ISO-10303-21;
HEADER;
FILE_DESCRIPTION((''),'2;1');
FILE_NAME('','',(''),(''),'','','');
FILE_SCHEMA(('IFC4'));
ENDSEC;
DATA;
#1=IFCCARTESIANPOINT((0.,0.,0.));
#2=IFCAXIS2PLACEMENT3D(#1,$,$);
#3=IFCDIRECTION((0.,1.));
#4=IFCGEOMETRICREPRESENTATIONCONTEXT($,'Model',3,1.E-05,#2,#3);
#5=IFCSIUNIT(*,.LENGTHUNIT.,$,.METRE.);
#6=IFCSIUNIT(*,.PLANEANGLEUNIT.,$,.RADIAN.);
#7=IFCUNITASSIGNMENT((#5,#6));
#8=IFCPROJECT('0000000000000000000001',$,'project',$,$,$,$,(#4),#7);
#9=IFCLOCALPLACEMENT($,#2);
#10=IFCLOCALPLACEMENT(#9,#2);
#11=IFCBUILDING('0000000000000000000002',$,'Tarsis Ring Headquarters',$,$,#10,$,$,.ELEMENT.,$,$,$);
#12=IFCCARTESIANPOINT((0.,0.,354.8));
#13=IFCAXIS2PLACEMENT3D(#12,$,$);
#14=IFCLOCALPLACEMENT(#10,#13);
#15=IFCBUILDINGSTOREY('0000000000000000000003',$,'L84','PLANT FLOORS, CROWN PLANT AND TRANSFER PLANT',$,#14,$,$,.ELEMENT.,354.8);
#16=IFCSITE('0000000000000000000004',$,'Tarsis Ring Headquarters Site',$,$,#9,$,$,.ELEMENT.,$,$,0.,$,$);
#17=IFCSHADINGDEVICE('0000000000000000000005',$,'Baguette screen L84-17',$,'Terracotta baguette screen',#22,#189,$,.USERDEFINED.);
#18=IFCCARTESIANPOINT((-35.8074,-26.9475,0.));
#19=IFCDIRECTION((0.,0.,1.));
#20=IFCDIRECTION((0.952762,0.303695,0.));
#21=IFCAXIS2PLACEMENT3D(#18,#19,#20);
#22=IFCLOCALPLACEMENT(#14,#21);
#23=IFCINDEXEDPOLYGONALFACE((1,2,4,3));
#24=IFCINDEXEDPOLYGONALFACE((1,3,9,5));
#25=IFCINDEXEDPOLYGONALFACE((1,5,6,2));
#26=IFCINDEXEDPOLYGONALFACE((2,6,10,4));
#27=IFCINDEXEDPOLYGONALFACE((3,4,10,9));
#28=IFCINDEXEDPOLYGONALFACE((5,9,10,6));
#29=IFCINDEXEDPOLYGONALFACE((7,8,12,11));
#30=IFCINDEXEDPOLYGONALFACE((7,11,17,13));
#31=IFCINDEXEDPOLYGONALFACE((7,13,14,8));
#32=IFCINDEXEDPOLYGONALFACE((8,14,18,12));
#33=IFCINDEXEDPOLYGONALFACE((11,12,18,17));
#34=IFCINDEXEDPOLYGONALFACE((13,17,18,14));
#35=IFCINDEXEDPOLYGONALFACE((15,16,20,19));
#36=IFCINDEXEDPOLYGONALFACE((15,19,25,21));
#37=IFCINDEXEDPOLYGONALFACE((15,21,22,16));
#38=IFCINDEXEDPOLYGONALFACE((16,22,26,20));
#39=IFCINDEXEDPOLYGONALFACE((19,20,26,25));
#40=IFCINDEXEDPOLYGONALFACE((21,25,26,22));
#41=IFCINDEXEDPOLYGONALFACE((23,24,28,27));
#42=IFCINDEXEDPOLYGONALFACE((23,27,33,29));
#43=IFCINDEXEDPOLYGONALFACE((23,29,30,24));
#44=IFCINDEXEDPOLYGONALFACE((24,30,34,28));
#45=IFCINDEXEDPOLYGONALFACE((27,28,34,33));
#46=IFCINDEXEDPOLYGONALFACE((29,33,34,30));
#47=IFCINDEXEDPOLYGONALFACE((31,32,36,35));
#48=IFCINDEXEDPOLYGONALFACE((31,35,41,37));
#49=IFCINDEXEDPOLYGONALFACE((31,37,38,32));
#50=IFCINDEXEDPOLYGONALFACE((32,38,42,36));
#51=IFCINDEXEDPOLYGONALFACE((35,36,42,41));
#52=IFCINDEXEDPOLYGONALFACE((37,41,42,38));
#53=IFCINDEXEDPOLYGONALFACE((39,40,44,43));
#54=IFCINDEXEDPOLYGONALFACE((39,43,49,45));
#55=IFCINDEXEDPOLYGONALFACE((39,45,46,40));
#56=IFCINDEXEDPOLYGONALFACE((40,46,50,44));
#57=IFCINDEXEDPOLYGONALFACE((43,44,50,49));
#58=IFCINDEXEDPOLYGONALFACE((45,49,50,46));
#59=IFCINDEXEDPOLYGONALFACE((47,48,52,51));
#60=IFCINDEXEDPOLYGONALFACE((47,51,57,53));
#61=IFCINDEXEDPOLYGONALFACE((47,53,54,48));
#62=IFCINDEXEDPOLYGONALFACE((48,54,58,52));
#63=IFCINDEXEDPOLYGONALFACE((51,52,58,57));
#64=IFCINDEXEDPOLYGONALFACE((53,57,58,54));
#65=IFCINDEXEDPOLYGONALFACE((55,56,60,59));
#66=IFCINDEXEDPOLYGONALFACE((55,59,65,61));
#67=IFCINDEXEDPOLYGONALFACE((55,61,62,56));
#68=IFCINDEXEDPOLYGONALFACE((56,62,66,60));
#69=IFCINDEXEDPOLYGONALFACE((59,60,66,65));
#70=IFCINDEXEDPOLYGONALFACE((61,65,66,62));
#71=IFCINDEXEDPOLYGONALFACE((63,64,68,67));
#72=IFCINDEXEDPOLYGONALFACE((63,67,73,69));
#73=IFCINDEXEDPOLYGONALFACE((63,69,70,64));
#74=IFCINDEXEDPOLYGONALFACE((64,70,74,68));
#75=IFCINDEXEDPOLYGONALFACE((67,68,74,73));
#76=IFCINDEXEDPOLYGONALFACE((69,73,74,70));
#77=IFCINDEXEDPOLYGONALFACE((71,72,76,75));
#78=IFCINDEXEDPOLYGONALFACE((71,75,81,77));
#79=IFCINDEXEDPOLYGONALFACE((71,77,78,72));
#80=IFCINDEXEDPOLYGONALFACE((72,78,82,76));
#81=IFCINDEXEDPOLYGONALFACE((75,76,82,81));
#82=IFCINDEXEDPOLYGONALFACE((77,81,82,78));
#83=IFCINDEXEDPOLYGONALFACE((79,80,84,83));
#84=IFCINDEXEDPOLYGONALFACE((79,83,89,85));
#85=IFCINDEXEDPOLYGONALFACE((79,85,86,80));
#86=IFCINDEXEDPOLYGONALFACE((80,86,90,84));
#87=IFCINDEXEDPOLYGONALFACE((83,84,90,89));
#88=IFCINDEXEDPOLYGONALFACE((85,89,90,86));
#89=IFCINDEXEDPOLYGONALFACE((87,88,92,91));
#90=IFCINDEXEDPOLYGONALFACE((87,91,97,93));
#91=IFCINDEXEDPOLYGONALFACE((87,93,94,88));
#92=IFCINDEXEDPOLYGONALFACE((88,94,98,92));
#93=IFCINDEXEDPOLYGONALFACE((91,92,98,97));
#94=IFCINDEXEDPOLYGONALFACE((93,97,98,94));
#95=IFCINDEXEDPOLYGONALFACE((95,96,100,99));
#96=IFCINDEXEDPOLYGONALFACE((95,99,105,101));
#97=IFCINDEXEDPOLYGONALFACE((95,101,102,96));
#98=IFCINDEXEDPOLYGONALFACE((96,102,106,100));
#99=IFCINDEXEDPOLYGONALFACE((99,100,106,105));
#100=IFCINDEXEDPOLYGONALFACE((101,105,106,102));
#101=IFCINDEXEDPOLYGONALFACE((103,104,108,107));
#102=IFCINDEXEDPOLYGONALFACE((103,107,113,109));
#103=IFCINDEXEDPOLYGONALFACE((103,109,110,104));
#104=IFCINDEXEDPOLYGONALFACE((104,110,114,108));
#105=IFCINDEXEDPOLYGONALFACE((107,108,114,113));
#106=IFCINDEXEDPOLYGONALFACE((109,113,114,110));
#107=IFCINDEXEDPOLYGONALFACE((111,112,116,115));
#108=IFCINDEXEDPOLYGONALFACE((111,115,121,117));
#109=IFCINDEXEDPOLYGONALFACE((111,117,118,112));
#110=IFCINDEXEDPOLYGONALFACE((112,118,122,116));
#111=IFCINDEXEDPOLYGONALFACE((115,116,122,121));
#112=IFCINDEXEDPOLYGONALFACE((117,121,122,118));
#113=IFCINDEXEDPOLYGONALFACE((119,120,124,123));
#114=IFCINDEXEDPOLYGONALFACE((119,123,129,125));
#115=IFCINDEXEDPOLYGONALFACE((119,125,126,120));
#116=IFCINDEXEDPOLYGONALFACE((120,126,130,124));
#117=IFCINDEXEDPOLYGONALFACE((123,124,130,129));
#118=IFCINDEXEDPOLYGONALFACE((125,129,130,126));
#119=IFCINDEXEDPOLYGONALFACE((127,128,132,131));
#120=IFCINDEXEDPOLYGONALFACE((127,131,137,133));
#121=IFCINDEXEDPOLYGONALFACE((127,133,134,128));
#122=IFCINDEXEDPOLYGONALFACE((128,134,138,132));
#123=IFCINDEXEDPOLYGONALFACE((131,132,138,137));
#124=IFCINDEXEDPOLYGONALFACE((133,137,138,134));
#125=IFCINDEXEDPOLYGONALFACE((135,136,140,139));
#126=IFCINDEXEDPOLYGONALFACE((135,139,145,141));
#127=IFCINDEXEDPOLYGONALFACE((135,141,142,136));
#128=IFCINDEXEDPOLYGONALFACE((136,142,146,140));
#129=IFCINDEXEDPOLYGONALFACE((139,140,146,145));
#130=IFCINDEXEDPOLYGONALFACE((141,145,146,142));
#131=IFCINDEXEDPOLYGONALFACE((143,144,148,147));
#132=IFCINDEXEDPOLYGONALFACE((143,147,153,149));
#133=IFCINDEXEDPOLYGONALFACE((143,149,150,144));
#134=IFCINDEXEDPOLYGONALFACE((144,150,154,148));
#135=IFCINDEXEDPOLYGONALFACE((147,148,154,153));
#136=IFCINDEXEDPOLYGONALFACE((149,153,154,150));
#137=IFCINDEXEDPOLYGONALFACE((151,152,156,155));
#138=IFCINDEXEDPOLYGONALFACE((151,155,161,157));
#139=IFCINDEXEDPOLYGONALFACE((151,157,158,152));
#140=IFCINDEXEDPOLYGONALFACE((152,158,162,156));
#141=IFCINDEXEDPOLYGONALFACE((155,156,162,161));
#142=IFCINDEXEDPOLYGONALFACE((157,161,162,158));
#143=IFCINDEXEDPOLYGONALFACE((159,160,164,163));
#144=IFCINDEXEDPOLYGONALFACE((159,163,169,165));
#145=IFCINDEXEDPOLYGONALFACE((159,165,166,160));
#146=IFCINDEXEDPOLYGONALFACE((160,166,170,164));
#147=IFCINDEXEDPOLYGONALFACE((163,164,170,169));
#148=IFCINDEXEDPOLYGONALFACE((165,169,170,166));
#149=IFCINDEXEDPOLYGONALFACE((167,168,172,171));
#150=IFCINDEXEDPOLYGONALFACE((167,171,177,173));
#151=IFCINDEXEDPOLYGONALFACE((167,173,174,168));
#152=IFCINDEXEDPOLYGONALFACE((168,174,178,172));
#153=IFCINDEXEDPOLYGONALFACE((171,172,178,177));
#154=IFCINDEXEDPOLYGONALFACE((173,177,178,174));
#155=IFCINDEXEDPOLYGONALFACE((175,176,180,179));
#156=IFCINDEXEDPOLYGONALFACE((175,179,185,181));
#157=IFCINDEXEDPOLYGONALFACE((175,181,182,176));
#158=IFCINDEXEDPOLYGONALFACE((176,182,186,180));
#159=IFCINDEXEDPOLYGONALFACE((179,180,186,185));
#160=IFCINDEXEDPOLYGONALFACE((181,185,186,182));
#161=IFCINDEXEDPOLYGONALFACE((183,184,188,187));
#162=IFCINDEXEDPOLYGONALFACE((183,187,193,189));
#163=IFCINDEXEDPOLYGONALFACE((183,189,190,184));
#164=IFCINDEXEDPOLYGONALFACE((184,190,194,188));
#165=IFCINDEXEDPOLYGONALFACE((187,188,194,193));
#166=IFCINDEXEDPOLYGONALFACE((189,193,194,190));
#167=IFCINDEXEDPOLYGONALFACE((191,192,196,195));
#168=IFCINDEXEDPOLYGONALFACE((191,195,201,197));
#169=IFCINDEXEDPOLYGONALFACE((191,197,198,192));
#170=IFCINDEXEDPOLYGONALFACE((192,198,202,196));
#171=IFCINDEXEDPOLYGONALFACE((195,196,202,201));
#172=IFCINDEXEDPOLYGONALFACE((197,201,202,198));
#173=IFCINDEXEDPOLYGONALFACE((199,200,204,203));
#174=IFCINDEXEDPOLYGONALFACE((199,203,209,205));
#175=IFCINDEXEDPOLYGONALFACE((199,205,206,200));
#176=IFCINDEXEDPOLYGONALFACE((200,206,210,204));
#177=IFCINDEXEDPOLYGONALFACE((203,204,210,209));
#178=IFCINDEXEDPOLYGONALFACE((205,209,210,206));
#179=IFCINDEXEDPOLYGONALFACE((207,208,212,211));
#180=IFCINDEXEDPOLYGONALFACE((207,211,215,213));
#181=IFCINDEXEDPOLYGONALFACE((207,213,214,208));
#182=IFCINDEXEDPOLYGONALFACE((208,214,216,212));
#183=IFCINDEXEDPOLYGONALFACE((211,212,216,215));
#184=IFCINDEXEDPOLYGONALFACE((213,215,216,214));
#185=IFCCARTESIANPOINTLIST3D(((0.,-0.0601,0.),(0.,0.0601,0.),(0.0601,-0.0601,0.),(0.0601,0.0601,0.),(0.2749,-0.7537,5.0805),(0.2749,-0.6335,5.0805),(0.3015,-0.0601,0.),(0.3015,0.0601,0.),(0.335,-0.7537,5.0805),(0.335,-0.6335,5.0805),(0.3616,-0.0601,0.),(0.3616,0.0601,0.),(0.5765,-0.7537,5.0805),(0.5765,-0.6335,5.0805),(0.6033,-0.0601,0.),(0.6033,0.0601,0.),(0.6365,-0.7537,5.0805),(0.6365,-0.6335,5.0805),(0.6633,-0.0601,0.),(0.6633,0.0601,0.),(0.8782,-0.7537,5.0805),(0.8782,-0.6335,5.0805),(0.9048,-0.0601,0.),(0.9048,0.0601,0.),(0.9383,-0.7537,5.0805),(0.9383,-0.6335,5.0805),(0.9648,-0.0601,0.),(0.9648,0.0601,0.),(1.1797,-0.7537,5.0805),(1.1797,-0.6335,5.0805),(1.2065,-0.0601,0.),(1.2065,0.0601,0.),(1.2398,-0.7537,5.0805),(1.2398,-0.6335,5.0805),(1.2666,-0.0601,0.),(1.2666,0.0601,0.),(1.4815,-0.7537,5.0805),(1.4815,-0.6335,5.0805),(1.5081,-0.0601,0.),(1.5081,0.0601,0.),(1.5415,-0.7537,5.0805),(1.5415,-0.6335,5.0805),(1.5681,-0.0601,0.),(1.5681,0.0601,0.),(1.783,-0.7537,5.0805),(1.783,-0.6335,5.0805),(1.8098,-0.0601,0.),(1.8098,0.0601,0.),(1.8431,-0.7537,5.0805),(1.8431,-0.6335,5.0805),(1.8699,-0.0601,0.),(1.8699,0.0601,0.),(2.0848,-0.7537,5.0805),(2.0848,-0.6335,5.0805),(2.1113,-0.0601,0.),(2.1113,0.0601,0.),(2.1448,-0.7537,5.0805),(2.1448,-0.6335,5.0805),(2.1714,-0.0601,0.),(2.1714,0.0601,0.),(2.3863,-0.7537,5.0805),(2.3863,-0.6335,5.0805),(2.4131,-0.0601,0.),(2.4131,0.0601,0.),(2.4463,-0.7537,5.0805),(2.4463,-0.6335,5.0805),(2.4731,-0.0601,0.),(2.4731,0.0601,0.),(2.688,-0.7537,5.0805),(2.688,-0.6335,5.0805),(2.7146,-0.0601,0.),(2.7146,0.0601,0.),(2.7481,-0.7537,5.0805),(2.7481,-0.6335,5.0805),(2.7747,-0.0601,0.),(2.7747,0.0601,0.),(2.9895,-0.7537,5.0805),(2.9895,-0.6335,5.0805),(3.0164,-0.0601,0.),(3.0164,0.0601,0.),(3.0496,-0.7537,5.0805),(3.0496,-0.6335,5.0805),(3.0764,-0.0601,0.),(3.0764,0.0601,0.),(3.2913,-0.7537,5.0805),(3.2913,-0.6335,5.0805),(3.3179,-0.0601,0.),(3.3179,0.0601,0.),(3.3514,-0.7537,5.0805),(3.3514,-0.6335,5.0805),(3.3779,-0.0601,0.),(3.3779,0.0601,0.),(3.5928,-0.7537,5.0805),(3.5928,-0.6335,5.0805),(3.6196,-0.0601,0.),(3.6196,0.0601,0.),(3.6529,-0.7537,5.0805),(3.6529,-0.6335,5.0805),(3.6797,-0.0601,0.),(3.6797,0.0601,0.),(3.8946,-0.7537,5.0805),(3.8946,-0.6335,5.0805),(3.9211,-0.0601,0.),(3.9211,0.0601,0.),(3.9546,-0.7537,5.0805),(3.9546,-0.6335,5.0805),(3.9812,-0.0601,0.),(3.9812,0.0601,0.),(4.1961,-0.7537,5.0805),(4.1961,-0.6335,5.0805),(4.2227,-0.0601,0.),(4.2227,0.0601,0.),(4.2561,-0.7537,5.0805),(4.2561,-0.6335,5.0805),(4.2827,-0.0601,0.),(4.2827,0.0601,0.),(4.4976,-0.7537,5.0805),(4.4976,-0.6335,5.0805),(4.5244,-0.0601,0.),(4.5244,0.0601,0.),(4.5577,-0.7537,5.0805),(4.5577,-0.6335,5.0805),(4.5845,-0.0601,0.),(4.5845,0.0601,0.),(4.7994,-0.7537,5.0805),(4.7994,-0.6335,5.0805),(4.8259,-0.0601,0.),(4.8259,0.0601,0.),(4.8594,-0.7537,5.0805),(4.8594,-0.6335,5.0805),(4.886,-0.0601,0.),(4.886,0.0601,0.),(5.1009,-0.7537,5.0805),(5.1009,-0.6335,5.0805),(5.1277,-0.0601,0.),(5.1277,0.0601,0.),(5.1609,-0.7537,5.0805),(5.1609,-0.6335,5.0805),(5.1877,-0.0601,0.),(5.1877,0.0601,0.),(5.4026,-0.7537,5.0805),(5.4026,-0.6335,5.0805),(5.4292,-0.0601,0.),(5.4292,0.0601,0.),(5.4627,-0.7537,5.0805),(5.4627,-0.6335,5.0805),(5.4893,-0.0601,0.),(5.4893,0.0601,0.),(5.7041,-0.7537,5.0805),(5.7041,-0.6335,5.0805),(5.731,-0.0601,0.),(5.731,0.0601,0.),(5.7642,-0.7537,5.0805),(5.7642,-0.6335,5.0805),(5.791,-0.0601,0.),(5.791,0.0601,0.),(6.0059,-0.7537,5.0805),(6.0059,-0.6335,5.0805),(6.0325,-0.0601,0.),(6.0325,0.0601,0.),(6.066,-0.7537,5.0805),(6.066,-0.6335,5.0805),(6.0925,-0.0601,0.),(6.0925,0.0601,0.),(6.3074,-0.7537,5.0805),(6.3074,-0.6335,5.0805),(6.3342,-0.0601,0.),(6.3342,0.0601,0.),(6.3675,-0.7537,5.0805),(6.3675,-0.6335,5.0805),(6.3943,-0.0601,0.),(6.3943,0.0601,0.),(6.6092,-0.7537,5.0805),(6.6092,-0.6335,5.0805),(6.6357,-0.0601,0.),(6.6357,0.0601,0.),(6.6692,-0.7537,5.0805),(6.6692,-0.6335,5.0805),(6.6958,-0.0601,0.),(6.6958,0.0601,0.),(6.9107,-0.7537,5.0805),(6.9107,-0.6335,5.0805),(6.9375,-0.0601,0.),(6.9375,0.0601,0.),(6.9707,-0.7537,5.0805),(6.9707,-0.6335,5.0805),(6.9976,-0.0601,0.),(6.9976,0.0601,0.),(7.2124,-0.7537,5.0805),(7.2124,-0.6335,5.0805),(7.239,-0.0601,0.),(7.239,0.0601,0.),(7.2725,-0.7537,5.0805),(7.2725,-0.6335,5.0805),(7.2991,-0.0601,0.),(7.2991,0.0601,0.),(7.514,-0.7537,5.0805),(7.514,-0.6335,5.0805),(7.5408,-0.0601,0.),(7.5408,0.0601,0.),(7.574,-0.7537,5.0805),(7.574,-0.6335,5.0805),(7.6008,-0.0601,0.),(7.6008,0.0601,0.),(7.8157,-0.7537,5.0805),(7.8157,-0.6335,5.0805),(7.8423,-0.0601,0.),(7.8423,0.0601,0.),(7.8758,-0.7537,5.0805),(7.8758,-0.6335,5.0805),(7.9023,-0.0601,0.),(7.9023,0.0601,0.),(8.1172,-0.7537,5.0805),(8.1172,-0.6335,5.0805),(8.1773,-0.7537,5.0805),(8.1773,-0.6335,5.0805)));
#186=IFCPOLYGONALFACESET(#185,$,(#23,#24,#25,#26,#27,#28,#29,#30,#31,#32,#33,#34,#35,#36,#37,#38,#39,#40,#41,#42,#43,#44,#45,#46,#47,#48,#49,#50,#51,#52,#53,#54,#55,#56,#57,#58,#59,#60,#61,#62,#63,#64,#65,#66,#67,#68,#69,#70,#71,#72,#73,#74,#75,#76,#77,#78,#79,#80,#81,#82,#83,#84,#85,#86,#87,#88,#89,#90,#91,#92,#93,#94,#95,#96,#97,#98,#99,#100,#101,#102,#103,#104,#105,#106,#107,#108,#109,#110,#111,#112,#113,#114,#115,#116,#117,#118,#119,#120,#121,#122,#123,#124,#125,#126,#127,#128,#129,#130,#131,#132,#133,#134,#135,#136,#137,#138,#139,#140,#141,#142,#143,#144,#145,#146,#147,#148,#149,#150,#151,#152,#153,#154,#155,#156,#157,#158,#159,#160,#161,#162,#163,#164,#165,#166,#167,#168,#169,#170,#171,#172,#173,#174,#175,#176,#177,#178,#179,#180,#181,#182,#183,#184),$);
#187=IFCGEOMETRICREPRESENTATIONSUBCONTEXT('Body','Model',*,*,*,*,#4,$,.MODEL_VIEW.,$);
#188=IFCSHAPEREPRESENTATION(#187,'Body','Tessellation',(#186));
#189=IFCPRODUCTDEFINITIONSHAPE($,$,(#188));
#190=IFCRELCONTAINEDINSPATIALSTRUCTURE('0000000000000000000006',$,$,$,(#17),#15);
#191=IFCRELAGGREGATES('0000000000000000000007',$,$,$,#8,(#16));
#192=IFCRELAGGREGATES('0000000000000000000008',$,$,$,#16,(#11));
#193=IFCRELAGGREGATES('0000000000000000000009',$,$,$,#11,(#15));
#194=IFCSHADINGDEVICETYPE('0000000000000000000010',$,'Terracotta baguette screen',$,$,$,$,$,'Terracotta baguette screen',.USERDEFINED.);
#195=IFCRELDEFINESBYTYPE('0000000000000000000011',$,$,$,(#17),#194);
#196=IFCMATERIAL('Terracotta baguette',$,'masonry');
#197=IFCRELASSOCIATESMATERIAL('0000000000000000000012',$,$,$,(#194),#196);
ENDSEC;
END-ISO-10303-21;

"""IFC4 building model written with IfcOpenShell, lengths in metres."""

from ifc_helpers import new_model, si_unit, direction, frame, frame_2d, origin, place, context, subcontext, project, spatial, rectangle, composite_profile, extrude, material, type_object, element, save


model = new_model("IFC4")

# Units and contexts
model_context = context("Model", 3, precision=1e-05, world=origin(), true_north=direction((0.0, 1.0)))
body_context = subcontext(model_context, "Body", "Model", "MODEL_VIEW")
ifc_project = project(units=[si_unit("LENGTHUNIT", "METRE"), si_unit("PLANEANGLEUNIT", "RADIAN")], contexts=[model_context])

# Site, building, storey
site_placement = place(None, origin())
site = spatial("IfcSite", under=ifc_project, at=site_placement, Name="Tarsis Ring Headquarters Site", CompositionType="ELEMENT", RefElevation=0.0)
building_placement = place(site_placement, origin())
building = spatial("IfcBuilding", under=site, at=building_placement, Name="Tarsis Ring Headquarters", CompositionType="ELEMENT")
storey_placement = place(building_placement, frame((0.0, 0.0, 354.8)))
storey = spatial("IfcBuildingStorey", under=building, at=storey_placement, Name="L84", Description="PLANT FLOORS, CROWN PLANT AND TRANSFER PLANT", CompositionType="ELEMENT", Elevation=354.8)

# Shading device
ifc_material_1 = material(Name="Terracotta baguette", Category="masonry")
shading_device_type_1 = type_object("IfcShadingDeviceType", Name="Terracotta baguette screen", ElementType="Terracotta baguette screen", PredefinedType="USERDEFINED", material=ifc_material_1)
shading_device_1_placement = place(storey_placement, frame((-35.8074, -26.9475, 0.0), z_axis=(0.0, 0.0, 1.0), x_axis=(0.952762, 0.303695, 0.0)))
element("IfcShadingDevice", 1, at=shading_device_1_placement, inside=storey, type_object=shading_device_type_1, Name="Baguette screen L84-17", ObjectType="Terracotta baguette screen", PredefinedType="USERDEFINED", context=body_context, shape_type="SweptSolid", body=[
    extrude(composite_profile([rectangle(XDim=0.0601, YDim=0.1201, at=frame_2d((0.03, 0.0))), rectangle(XDim=0.0601, YDim=0.1201, at=frame_2d((0.3315, 0.0))), rectangle(XDim=0.0601, YDim=0.1201, at=frame_2d((0.6333, 0.0))), rectangle(XDim=0.0601, YDim=0.1201, at=frame_2d((0.9348, 0.0))), rectangle(XDim=0.0601, YDim=0.1201, at=frame_2d((1.2366, 0.0))), rectangle(XDim=0.0601, YDim=0.1201, at=frame_2d((1.5381, 0.0))), rectangle(XDim=0.0601, YDim=0.1201, at=frame_2d((1.8398, 0.0))), rectangle(XDim=0.0601, YDim=0.1201, at=frame_2d((2.1414, 0.0))), rectangle(XDim=0.0601, YDim=0.1201, at=frame_2d((2.4431, 0.0))), rectangle(XDim=0.0601, YDim=0.1201, at=frame_2d((2.7446, 0.0))), rectangle(XDim=0.0601, YDim=0.1201, at=frame_2d((3.0464, 0.0))), rectangle(XDim=0.0601, YDim=0.1201, at=frame_2d((3.3479, 0.0))), rectangle(XDim=0.0601, YDim=0.1201, at=frame_2d((3.6497, 0.0))), rectangle(XDim=0.0601, YDim=0.1201, at=frame_2d((3.9512, 0.0))), rectangle(XDim=0.0601, YDim=0.1201, at=frame_2d((4.2527, 0.0))), rectangle(XDim=0.0601, YDim=0.1201, at=frame_2d((4.5544, 0.0))), rectangle(XDim=0.0601, YDim=0.1201, at=frame_2d((4.856, 0.0))), rectangle(XDim=0.0601, YDim=0.1201, at=frame_2d((5.1577, 0.0))), rectangle(XDim=0.0601, YDim=0.1201, at=frame_2d((5.4592, 0.0))), rectangle(XDim=0.0601, YDim=0.1201, at=frame_2d((5.761, 0.0))), rectangle(XDim=0.0601, YDim=0.1201, at=frame_2d((6.0625, 0.0))), rectangle(XDim=0.0601, YDim=0.1201, at=frame_2d((6.3643, 0.0))), rectangle(XDim=0.0601, YDim=0.1201, at=frame_2d((6.6658, 0.0))), rectangle(XDim=0.0601, YDim=0.1201, at=frame_2d((6.9675, 0.0))), rectangle(XDim=0.0601, YDim=0.1201, at=frame_2d((7.269, 0.0))), rectangle(XDim=0.0601, YDim=0.1201, at=frame_2d((7.5708, 0.0))), rectangle(XDim=0.0601, YDim=0.1201, at=frame_2d((7.8723, 0.0)))]), origin(), (0.053543, -0.135072, 0.989388), 5.135),
])

save(model, "model.ifc")
